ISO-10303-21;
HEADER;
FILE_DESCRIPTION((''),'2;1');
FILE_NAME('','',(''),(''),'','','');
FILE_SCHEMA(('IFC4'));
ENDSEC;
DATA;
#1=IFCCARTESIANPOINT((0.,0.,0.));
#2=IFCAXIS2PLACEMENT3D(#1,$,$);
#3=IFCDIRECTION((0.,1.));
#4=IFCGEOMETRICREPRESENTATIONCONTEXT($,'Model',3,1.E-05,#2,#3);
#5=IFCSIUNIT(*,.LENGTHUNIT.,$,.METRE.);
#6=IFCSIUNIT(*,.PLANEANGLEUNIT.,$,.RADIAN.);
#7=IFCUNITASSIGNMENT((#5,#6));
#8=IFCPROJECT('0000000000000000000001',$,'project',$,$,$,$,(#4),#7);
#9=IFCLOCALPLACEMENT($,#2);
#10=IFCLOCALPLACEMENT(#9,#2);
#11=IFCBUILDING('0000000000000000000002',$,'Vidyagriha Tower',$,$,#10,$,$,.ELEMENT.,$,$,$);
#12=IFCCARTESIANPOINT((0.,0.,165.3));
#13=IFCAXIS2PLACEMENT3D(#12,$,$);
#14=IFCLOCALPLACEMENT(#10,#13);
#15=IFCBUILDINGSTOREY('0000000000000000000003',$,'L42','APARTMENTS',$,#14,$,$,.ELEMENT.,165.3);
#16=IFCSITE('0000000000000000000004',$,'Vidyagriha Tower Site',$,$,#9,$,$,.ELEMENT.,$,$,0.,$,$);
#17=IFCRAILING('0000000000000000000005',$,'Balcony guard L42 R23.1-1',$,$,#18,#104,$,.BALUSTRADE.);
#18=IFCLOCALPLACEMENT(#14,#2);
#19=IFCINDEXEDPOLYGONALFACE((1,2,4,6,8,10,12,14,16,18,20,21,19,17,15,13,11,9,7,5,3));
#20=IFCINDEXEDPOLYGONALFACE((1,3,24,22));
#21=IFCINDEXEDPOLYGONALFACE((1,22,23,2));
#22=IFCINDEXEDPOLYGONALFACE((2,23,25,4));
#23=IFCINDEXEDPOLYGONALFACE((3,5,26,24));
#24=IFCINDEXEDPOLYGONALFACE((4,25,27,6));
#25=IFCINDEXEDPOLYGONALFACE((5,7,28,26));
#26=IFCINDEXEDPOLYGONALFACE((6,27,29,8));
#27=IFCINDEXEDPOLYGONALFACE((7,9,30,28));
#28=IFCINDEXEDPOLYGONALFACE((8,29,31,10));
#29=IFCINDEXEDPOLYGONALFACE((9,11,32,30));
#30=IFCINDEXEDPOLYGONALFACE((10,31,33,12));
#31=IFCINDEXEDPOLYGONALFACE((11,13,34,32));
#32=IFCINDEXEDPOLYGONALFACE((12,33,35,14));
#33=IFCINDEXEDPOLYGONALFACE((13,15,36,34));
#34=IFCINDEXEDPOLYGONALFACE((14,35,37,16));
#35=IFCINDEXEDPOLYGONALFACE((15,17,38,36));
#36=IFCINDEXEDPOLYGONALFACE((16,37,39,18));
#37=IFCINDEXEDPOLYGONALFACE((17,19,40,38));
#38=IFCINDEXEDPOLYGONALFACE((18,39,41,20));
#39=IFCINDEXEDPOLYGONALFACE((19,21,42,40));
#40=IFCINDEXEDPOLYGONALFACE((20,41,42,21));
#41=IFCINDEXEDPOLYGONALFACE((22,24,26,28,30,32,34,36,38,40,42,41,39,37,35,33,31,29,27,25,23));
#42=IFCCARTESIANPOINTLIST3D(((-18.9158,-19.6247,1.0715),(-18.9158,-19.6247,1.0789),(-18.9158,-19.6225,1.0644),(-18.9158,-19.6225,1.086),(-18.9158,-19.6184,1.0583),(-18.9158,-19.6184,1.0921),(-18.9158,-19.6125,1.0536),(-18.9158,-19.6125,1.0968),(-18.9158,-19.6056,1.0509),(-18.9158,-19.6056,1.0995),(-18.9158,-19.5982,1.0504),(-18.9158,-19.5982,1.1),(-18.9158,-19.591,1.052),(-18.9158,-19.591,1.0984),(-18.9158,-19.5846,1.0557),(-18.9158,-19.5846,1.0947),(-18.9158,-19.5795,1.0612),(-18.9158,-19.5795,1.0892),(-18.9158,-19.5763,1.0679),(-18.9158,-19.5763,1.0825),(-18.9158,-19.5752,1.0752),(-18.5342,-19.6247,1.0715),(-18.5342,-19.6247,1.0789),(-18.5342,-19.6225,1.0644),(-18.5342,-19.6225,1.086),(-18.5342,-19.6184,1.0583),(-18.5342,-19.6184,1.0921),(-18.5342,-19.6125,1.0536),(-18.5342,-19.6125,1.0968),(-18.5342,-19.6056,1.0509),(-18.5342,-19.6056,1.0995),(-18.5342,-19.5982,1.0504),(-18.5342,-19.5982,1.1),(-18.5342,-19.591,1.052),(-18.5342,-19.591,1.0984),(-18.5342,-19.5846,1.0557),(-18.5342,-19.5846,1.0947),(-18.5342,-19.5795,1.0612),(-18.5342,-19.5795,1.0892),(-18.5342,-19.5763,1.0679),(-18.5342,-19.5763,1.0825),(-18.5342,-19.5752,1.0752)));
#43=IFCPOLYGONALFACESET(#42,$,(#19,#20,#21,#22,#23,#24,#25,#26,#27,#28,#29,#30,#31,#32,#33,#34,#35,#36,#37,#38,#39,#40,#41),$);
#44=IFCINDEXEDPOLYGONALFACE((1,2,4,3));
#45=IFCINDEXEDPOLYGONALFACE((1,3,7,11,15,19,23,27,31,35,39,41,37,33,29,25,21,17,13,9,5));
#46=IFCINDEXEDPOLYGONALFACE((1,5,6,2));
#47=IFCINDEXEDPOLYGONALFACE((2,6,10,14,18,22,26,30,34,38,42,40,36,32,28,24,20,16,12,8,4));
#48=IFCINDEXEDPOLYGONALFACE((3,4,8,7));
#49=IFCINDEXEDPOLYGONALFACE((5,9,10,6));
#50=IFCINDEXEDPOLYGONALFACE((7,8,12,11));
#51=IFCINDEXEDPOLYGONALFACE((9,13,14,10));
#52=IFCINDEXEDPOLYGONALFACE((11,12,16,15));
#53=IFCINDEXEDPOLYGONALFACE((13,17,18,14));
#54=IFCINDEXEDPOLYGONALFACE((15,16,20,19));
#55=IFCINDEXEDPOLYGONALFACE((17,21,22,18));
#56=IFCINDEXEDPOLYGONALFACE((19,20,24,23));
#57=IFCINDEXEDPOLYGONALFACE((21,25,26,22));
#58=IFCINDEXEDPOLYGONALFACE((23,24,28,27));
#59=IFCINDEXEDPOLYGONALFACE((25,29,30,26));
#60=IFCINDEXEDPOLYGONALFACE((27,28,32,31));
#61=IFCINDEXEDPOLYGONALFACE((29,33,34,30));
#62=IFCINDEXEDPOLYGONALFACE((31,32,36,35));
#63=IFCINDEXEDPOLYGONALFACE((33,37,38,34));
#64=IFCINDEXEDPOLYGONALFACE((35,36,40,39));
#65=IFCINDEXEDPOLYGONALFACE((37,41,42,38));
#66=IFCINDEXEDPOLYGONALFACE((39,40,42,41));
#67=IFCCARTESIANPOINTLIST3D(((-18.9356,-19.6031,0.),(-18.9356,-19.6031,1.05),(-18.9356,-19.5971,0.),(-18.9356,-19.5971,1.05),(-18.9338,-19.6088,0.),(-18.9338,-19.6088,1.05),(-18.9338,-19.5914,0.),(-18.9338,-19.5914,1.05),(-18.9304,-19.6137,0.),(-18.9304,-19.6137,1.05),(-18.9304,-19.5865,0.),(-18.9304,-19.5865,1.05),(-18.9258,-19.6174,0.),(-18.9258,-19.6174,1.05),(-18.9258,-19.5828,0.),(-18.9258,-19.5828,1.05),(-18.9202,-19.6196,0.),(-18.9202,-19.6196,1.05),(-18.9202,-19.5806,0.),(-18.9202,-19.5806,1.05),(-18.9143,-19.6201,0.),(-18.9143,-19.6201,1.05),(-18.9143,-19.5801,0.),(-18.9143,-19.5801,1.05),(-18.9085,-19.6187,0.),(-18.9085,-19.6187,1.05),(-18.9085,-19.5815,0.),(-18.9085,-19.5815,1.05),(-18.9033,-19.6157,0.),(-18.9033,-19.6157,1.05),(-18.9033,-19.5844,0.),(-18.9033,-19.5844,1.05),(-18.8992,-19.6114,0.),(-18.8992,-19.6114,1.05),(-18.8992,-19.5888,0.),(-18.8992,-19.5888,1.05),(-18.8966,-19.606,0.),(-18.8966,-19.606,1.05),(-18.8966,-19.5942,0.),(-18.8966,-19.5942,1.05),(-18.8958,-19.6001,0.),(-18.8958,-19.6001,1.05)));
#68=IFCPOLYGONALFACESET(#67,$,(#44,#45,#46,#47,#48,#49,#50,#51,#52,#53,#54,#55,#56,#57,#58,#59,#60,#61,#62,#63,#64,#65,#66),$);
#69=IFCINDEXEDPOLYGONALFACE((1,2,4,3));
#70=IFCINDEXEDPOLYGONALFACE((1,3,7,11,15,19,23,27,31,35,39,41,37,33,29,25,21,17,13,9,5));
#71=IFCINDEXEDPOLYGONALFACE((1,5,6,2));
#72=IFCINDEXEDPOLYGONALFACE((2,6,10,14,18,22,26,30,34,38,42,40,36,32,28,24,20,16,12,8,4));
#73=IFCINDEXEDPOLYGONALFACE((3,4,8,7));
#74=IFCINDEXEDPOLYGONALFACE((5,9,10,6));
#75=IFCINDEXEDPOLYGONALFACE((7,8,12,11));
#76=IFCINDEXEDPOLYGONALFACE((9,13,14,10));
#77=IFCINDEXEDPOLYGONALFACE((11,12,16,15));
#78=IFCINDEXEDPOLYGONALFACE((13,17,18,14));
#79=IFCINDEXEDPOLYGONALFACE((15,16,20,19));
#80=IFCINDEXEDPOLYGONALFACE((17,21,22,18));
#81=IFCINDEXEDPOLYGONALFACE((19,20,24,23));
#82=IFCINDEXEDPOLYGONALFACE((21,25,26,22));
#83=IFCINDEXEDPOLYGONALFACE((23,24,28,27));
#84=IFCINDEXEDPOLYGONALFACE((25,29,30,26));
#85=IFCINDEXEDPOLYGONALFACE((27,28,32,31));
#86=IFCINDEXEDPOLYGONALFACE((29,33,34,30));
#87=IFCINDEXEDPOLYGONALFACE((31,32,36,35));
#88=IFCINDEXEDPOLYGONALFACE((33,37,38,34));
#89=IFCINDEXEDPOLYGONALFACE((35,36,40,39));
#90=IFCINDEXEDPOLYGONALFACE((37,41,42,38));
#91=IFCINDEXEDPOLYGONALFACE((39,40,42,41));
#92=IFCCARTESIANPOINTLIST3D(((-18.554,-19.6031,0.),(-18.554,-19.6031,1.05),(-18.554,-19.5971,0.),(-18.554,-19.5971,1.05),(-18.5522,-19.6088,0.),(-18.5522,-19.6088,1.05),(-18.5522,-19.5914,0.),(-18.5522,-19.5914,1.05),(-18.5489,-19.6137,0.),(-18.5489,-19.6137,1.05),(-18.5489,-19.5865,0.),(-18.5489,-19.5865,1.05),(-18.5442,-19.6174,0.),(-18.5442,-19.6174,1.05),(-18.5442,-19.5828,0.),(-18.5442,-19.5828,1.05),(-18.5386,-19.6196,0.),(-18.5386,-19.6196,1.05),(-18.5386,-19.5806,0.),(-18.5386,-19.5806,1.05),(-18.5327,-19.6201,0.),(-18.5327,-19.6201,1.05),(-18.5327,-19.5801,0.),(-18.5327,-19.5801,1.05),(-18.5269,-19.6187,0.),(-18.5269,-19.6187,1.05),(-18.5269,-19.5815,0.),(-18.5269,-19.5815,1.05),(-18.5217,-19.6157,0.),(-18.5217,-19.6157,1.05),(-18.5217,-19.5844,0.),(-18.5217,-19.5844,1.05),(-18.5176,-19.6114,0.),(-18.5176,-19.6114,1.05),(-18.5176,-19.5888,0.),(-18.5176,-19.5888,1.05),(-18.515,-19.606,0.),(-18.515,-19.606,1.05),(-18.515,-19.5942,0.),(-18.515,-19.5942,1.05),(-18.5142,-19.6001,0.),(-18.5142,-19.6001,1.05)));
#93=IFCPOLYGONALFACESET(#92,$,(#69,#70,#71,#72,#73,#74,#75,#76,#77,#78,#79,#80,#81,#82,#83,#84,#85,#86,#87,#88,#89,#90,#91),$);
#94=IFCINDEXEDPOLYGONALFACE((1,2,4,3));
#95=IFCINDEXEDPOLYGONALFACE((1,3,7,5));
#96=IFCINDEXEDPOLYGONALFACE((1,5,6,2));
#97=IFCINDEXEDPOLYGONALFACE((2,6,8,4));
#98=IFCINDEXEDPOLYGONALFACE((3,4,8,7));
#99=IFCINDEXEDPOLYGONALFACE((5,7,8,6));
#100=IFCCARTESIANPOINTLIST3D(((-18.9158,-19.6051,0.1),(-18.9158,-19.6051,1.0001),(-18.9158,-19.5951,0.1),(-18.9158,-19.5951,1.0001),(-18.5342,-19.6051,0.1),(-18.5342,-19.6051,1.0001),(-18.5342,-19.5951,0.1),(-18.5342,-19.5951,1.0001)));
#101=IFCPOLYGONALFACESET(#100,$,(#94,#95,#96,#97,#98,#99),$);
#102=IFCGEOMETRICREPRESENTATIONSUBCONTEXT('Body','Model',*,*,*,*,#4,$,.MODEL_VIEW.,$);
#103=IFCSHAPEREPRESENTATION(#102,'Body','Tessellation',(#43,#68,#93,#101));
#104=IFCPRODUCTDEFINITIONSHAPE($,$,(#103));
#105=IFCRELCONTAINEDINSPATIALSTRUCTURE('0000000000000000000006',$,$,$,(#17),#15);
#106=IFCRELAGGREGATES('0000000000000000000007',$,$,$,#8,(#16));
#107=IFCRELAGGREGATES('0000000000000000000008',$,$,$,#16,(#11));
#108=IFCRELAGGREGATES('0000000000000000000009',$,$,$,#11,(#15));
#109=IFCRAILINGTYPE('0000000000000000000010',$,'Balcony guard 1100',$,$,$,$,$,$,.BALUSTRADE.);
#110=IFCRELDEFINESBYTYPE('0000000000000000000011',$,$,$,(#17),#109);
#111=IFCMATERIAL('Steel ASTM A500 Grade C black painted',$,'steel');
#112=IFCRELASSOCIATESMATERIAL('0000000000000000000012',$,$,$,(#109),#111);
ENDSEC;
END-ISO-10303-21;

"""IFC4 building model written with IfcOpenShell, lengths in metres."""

from ifc_helpers import new_model, si_unit, direction, frame, origin, origin_2d, place, context, subcontext, project, spatial, rectangle, circle, extrude, material, type_object, element, save


model = new_model("IFC4")

# Units and contexts
model_context = context("Model", 3, precision=1e-05, world=origin(), true_north=direction((0.0, 1.0)))
body_context = subcontext(model_context, "Body", "Model", "MODEL_VIEW")
ifc_project = project(units=[si_unit("LENGTHUNIT", "METRE"), si_unit("PLANEANGLEUNIT", "RADIAN")], contexts=[model_context])

# Site, building, storey
site_placement = place(None, origin())
site = spatial("IfcSite", under=ifc_project, at=site_placement, Name="Vidyagriha Tower Site", CompositionType="ELEMENT", RefElevation=0.0)
building_placement = place(site_placement, origin())
building = spatial("IfcBuilding", under=site, at=building_placement, Name="Vidyagriha Tower", CompositionType="ELEMENT")
storey_placement = place(building_placement, frame((0.0, 0.0, 165.3)))
storey = spatial("IfcBuildingStorey", under=building, at=storey_placement, Name="L42", Description="APARTMENTS", CompositionType="ELEMENT", Elevation=165.3)

# Railing
ifc_material_1 = material(Name="Steel ASTM A500 Grade C black painted", Category="steel")
railing_type_1 = type_object("IfcRailingType", Name="Balcony guard 1100", PredefinedType="BALUSTRADE", material=ifc_material_1)
railing_1_placement = place(storey_placement, frame((-18.9158, -19.6001, 0.0)))
element("IfcRailing", 1, at=railing_1_placement, inside=storey, type_object=railing_type_1, Name="Balcony guard L42 R23.1-1", PredefinedType="BALUSTRADE", context=body_context, shape_type="SweptSolid", body=[
    extrude(circle(Radius=0.0249, at=origin_2d()), frame((0.0, 0.0, 1.0752), z_axis=(1.0, 0.0, 0.0), x_axis=(0.0, 1.0, 0.0)), (0.0, 0.0, 1.0), 0.3816),
    extrude(circle(Radius=0.02, at=origin_2d()), origin(), (0.0, 0.0, 1.0), 1.05),
    extrude(circle(Radius=0.02, at=origin_2d()), frame((0.3816, 0.0, 0.0)), (0.0, 0.0, 1.0), 1.05),
    extrude(rectangle(XDim=0.01, YDim=0.9001, at=origin_2d()), frame((0.0, 0.0, 0.55), z_axis=(1.0, 0.0, 0.0), x_axis=(0.0, 1.0, 0.0)), (0.0, 0.0, 1.0), 0.3816),
])

save(model, "model.ifc")
